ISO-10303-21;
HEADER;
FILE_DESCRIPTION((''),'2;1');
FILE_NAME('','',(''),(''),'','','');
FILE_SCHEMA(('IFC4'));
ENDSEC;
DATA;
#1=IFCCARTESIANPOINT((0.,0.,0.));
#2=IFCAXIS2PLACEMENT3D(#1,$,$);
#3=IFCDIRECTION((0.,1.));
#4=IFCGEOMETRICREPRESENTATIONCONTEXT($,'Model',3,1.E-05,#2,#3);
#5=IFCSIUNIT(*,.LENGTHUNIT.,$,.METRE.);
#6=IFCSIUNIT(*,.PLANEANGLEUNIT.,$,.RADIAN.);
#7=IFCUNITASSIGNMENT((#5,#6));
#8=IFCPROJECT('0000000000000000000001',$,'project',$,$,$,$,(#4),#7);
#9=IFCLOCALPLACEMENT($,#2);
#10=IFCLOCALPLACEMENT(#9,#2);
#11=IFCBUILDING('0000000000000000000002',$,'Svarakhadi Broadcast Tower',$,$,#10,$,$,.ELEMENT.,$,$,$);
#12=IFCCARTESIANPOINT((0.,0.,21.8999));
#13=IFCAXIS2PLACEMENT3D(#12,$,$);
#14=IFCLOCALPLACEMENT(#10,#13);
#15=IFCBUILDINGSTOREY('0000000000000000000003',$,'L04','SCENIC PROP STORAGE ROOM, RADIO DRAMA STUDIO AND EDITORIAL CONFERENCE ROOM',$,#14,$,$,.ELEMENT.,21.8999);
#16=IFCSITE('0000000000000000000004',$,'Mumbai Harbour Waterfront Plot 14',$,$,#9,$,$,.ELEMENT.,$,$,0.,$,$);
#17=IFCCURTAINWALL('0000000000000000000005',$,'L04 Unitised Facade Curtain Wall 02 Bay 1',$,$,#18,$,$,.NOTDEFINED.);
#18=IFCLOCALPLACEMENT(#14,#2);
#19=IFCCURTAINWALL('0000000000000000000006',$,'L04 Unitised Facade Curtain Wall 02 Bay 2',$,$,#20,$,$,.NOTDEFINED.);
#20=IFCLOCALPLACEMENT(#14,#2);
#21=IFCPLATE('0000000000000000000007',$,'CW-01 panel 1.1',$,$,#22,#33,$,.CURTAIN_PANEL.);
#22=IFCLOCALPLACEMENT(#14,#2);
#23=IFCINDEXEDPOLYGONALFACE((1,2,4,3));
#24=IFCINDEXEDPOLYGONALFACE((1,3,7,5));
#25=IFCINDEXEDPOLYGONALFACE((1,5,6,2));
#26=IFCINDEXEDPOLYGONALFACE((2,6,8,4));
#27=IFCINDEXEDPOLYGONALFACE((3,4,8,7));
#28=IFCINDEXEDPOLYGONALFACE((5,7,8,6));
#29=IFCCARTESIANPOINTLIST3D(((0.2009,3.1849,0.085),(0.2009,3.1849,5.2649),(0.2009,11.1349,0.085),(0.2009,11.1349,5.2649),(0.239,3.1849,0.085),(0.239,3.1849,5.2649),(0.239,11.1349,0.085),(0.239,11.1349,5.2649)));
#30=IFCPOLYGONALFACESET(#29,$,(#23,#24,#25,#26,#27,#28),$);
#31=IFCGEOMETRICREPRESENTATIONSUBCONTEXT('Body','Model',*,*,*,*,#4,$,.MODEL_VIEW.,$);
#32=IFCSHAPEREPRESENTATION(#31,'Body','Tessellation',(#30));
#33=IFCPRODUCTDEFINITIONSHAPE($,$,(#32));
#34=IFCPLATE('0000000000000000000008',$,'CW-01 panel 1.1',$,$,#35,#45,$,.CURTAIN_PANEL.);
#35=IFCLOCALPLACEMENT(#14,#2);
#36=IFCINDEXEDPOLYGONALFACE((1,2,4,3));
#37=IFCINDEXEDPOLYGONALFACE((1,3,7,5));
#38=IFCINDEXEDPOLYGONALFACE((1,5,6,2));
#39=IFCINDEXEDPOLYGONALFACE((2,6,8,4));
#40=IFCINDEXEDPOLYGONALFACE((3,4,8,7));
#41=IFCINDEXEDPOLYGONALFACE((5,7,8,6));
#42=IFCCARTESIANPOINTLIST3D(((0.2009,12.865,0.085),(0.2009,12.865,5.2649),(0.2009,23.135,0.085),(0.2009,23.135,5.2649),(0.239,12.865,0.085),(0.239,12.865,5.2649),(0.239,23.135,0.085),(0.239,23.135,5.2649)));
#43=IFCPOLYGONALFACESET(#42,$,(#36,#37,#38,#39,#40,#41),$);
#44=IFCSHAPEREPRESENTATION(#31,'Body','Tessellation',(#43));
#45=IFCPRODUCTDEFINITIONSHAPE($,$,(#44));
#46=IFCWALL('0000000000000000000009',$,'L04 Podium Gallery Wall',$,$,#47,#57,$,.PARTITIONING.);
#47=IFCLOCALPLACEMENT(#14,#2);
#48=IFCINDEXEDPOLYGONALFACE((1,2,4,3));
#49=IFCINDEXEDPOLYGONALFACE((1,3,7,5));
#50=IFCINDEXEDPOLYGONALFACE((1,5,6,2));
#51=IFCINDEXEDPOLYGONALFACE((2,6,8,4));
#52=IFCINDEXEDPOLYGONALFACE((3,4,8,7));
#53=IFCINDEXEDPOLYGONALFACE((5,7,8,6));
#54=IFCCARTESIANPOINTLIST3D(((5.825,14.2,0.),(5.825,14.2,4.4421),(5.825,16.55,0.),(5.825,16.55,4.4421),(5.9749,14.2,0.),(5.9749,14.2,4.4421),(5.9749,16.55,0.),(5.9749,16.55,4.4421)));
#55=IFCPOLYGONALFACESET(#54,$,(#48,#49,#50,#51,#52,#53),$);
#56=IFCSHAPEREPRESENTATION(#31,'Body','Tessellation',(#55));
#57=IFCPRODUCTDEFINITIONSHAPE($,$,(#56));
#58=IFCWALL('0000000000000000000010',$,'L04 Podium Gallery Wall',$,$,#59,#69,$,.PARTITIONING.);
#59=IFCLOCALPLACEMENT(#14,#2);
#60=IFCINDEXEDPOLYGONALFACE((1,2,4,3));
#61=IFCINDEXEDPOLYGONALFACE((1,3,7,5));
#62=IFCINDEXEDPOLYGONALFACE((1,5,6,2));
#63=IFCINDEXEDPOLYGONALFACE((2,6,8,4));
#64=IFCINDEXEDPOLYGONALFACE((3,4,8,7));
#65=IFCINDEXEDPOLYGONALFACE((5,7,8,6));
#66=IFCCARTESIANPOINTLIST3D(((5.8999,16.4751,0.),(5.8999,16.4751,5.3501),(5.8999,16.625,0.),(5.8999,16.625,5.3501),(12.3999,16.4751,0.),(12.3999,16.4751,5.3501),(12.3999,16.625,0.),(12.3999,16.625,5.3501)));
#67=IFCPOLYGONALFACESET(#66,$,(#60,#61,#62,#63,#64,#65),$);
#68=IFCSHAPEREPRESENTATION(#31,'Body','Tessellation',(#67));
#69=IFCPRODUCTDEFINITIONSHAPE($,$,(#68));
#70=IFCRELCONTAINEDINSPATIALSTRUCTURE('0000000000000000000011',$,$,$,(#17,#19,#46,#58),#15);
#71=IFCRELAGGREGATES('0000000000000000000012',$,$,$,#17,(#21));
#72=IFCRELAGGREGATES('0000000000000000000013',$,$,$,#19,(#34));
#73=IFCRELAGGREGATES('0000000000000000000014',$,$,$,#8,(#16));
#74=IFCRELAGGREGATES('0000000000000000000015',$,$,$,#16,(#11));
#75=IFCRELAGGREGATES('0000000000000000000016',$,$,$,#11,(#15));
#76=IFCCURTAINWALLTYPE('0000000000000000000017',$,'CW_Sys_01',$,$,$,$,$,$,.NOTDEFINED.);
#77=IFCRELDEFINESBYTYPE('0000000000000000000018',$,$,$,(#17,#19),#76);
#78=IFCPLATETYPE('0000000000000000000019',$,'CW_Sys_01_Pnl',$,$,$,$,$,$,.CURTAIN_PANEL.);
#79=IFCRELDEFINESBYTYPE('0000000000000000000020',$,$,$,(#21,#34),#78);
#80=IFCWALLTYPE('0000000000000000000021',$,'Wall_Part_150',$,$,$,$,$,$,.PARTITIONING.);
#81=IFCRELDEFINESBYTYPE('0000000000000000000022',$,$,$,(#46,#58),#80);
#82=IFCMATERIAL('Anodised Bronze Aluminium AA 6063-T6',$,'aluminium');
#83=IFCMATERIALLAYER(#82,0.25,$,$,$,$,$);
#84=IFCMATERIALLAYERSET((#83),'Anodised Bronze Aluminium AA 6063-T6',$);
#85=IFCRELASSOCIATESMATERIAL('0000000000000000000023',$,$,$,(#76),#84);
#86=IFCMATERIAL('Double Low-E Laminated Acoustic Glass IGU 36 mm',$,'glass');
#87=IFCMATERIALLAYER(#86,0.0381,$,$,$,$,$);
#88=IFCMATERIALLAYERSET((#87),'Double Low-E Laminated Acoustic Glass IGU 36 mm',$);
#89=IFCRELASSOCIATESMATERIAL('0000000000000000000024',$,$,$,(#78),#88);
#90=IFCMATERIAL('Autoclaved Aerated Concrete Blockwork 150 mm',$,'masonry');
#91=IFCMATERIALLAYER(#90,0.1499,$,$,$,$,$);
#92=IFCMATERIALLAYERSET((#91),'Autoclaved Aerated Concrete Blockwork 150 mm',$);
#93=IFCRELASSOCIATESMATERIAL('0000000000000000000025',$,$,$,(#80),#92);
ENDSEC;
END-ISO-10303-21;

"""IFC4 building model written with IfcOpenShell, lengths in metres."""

from ifc_helpers import new_model, si_unit, direction, frame, frame_2d, origin, origin_2d, place, context, subcontext, project, spatial, rectangle, extrude, material, layer, layer_set, type_object, element, aggregate, save


model = new_model("IFC4")

# Units and contexts
model_context = context("Model", 3, precision=1e-05, world=origin(), true_north=direction((0.0, 1.0)))
body_context = subcontext(model_context, "Body", "Model", "MODEL_VIEW")
ifc_project = project(units=[si_unit("LENGTHUNIT", "METRE"), si_unit("PLANEANGLEUNIT", "RADIAN")], contexts=[model_context])

# Site, building, storey
site_placement = place(None, origin())
site = spatial("IfcSite", under=ifc_project, at=site_placement, Name="Mumbai Harbour Waterfront Plot 14", CompositionType="ELEMENT", RefElevation=0.0)
building_placement = place(site_placement, origin())
building = spatial("IfcBuilding", under=site, at=building_placement, Name="Svarakhadi Broadcast Tower", CompositionType="ELEMENT")
storey_placement = place(building_placement, frame((0.0, 0.0, 21.8999)))
storey = spatial("IfcBuildingStorey", under=building, at=storey_placement, Name="L04", Description="SCENIC PROP STORAGE ROOM, RADIO DRAMA STUDIO AND EDITORIAL CONFERENCE ROOM", CompositionType="ELEMENT", Elevation=21.8999)

# Shared definitions
ifc_material_1 = material(Name="Anodised Bronze Aluminium AA 6063-T6", Category="aluminium")
ifc_layer_1 = layer(ifc_material_1, 0.25)
ifc_layer_set_1 = layer_set([ifc_layer_1], Name="Anodised Bronze Aluminium AA 6063-T6")
curtain_wall_type = type_object("IfcCurtainWallType", Name="CW_Sys_01", PredefinedType="NOTDEFINED", material=ifc_layer_set_1)

# Curtain walls
curtain_wall_1_placement = place(storey_placement, origin())
curtain_wall_1 = element("IfcCurtainWall", 1, at=curtain_wall_1_placement, inside=storey, type_object=curtain_wall_type, Name="L04 Unitised Facade Curtain Wall 02 Bay 1", PredefinedType="NOTDEFINED")
curtain_wall_2_placement = place(storey_placement, origin())
curtain_wall_2 = element("IfcCurtainWall", 2, at=curtain_wall_2_placement, inside=storey, type_object=curtain_wall_type, Name="L04 Unitised Facade Curtain Wall 02 Bay 2", PredefinedType="NOTDEFINED")

# Plates
ifc_material_2 = material(Name="Double Low-E Laminated Acoustic Glass IGU 36 mm", Category="glass")
ifc_layer_2 = layer(ifc_material_2, 0.0381)
ifc_layer_set_2 = layer_set([ifc_layer_2], Name="Double Low-E Laminated Acoustic Glass IGU 36 mm")
plate_type = type_object("IfcPlateType", Name="CW_Sys_01_Pnl", PredefinedType="CURTAIN_PANEL", material=ifc_layer_set_2)
plate_1_placement = place(storey_placement, frame((0.22, 7.1599, 0.085), z_axis=(0.0, 0.0, 1.0), x_axis=(0.0, 1.0, 0.0)))
plate_1 = element("IfcPlate", 3, at=plate_1_placement, type_object=plate_type, Name="CW-01 panel 1.1", PredefinedType="CURTAIN_PANEL", context=body_context, shape_type="SweptSolid", body=[
    extrude(rectangle(XDim=7.95, YDim=0.0381, at=origin_2d()), origin(), (0.0, 0.0, 1.0), 5.1799),
])
aggregate(curtain_wall_1, [plate_1])
plate_2_placement = place(storey_placement, frame((0.22, 18.0, 0.085), z_axis=(0.0, 0.0, 1.0), x_axis=(0.0, 1.0, 0.0)))
plate_2 = element("IfcPlate", 4, at=plate_2_placement, type_object=plate_type, Name="CW-01 panel 1.1", PredefinedType="CURTAIN_PANEL", context=body_context, shape_type="SweptSolid", body=[
    extrude(rectangle(XDim=10.27, YDim=0.0381, at=origin_2d()), origin(), (0.0, 0.0, 1.0), 5.1799),
])
aggregate(curtain_wall_2, [plate_2])

# Walls
ifc_material_3 = material(Name="Autoclaved Aerated Concrete Blockwork 150 mm", Category="masonry")
ifc_layer_3 = layer(ifc_material_3, 0.1499)
ifc_layer_set_3 = layer_set([ifc_layer_3], Name="Autoclaved Aerated Concrete Blockwork 150 mm")
wall_type = type_object("IfcWallType", Name="Wall_Part_150", PredefinedType="PARTITIONING", material=ifc_layer_set_3)
wall_1_placement = place(storey_placement, frame((5.8999, 14.2, 0.0), z_axis=(0.0, 0.0, 1.0), x_axis=(0.0, 1.0, 0.0)))
element("IfcWall", 5, at=wall_1_placement, inside=storey, type_object=wall_type, Name="L04 Podium Gallery Wall", PredefinedType="PARTITIONING", context=body_context, shape_type="SweptSolid", body=[
    extrude(rectangle(XDim=2.3501, YDim=0.1499, at=frame_2d((1.175, 0.0))), origin(), (0.0, 0.0, 1.0), 4.4421),
])
wall_2_placement = place(storey_placement, frame((5.8999, 16.55, 0.0), z_axis=(0.0, 0.0, 1.0), x_axis=(1.0, 0.0, 0.0)))
element("IfcWall", 6, at=wall_2_placement, inside=storey, type_object=wall_type, Name="L04 Podium Gallery Wall", PredefinedType="PARTITIONING", context=body_context, shape_type="SweptSolid", body=[
    extrude(rectangle(XDim=6.5, YDim=0.1499, at=frame_2d((3.25, 0.0))), origin(), (0.0, 0.0, 1.0), 5.3501),
])

save(model, "model.ifc")
